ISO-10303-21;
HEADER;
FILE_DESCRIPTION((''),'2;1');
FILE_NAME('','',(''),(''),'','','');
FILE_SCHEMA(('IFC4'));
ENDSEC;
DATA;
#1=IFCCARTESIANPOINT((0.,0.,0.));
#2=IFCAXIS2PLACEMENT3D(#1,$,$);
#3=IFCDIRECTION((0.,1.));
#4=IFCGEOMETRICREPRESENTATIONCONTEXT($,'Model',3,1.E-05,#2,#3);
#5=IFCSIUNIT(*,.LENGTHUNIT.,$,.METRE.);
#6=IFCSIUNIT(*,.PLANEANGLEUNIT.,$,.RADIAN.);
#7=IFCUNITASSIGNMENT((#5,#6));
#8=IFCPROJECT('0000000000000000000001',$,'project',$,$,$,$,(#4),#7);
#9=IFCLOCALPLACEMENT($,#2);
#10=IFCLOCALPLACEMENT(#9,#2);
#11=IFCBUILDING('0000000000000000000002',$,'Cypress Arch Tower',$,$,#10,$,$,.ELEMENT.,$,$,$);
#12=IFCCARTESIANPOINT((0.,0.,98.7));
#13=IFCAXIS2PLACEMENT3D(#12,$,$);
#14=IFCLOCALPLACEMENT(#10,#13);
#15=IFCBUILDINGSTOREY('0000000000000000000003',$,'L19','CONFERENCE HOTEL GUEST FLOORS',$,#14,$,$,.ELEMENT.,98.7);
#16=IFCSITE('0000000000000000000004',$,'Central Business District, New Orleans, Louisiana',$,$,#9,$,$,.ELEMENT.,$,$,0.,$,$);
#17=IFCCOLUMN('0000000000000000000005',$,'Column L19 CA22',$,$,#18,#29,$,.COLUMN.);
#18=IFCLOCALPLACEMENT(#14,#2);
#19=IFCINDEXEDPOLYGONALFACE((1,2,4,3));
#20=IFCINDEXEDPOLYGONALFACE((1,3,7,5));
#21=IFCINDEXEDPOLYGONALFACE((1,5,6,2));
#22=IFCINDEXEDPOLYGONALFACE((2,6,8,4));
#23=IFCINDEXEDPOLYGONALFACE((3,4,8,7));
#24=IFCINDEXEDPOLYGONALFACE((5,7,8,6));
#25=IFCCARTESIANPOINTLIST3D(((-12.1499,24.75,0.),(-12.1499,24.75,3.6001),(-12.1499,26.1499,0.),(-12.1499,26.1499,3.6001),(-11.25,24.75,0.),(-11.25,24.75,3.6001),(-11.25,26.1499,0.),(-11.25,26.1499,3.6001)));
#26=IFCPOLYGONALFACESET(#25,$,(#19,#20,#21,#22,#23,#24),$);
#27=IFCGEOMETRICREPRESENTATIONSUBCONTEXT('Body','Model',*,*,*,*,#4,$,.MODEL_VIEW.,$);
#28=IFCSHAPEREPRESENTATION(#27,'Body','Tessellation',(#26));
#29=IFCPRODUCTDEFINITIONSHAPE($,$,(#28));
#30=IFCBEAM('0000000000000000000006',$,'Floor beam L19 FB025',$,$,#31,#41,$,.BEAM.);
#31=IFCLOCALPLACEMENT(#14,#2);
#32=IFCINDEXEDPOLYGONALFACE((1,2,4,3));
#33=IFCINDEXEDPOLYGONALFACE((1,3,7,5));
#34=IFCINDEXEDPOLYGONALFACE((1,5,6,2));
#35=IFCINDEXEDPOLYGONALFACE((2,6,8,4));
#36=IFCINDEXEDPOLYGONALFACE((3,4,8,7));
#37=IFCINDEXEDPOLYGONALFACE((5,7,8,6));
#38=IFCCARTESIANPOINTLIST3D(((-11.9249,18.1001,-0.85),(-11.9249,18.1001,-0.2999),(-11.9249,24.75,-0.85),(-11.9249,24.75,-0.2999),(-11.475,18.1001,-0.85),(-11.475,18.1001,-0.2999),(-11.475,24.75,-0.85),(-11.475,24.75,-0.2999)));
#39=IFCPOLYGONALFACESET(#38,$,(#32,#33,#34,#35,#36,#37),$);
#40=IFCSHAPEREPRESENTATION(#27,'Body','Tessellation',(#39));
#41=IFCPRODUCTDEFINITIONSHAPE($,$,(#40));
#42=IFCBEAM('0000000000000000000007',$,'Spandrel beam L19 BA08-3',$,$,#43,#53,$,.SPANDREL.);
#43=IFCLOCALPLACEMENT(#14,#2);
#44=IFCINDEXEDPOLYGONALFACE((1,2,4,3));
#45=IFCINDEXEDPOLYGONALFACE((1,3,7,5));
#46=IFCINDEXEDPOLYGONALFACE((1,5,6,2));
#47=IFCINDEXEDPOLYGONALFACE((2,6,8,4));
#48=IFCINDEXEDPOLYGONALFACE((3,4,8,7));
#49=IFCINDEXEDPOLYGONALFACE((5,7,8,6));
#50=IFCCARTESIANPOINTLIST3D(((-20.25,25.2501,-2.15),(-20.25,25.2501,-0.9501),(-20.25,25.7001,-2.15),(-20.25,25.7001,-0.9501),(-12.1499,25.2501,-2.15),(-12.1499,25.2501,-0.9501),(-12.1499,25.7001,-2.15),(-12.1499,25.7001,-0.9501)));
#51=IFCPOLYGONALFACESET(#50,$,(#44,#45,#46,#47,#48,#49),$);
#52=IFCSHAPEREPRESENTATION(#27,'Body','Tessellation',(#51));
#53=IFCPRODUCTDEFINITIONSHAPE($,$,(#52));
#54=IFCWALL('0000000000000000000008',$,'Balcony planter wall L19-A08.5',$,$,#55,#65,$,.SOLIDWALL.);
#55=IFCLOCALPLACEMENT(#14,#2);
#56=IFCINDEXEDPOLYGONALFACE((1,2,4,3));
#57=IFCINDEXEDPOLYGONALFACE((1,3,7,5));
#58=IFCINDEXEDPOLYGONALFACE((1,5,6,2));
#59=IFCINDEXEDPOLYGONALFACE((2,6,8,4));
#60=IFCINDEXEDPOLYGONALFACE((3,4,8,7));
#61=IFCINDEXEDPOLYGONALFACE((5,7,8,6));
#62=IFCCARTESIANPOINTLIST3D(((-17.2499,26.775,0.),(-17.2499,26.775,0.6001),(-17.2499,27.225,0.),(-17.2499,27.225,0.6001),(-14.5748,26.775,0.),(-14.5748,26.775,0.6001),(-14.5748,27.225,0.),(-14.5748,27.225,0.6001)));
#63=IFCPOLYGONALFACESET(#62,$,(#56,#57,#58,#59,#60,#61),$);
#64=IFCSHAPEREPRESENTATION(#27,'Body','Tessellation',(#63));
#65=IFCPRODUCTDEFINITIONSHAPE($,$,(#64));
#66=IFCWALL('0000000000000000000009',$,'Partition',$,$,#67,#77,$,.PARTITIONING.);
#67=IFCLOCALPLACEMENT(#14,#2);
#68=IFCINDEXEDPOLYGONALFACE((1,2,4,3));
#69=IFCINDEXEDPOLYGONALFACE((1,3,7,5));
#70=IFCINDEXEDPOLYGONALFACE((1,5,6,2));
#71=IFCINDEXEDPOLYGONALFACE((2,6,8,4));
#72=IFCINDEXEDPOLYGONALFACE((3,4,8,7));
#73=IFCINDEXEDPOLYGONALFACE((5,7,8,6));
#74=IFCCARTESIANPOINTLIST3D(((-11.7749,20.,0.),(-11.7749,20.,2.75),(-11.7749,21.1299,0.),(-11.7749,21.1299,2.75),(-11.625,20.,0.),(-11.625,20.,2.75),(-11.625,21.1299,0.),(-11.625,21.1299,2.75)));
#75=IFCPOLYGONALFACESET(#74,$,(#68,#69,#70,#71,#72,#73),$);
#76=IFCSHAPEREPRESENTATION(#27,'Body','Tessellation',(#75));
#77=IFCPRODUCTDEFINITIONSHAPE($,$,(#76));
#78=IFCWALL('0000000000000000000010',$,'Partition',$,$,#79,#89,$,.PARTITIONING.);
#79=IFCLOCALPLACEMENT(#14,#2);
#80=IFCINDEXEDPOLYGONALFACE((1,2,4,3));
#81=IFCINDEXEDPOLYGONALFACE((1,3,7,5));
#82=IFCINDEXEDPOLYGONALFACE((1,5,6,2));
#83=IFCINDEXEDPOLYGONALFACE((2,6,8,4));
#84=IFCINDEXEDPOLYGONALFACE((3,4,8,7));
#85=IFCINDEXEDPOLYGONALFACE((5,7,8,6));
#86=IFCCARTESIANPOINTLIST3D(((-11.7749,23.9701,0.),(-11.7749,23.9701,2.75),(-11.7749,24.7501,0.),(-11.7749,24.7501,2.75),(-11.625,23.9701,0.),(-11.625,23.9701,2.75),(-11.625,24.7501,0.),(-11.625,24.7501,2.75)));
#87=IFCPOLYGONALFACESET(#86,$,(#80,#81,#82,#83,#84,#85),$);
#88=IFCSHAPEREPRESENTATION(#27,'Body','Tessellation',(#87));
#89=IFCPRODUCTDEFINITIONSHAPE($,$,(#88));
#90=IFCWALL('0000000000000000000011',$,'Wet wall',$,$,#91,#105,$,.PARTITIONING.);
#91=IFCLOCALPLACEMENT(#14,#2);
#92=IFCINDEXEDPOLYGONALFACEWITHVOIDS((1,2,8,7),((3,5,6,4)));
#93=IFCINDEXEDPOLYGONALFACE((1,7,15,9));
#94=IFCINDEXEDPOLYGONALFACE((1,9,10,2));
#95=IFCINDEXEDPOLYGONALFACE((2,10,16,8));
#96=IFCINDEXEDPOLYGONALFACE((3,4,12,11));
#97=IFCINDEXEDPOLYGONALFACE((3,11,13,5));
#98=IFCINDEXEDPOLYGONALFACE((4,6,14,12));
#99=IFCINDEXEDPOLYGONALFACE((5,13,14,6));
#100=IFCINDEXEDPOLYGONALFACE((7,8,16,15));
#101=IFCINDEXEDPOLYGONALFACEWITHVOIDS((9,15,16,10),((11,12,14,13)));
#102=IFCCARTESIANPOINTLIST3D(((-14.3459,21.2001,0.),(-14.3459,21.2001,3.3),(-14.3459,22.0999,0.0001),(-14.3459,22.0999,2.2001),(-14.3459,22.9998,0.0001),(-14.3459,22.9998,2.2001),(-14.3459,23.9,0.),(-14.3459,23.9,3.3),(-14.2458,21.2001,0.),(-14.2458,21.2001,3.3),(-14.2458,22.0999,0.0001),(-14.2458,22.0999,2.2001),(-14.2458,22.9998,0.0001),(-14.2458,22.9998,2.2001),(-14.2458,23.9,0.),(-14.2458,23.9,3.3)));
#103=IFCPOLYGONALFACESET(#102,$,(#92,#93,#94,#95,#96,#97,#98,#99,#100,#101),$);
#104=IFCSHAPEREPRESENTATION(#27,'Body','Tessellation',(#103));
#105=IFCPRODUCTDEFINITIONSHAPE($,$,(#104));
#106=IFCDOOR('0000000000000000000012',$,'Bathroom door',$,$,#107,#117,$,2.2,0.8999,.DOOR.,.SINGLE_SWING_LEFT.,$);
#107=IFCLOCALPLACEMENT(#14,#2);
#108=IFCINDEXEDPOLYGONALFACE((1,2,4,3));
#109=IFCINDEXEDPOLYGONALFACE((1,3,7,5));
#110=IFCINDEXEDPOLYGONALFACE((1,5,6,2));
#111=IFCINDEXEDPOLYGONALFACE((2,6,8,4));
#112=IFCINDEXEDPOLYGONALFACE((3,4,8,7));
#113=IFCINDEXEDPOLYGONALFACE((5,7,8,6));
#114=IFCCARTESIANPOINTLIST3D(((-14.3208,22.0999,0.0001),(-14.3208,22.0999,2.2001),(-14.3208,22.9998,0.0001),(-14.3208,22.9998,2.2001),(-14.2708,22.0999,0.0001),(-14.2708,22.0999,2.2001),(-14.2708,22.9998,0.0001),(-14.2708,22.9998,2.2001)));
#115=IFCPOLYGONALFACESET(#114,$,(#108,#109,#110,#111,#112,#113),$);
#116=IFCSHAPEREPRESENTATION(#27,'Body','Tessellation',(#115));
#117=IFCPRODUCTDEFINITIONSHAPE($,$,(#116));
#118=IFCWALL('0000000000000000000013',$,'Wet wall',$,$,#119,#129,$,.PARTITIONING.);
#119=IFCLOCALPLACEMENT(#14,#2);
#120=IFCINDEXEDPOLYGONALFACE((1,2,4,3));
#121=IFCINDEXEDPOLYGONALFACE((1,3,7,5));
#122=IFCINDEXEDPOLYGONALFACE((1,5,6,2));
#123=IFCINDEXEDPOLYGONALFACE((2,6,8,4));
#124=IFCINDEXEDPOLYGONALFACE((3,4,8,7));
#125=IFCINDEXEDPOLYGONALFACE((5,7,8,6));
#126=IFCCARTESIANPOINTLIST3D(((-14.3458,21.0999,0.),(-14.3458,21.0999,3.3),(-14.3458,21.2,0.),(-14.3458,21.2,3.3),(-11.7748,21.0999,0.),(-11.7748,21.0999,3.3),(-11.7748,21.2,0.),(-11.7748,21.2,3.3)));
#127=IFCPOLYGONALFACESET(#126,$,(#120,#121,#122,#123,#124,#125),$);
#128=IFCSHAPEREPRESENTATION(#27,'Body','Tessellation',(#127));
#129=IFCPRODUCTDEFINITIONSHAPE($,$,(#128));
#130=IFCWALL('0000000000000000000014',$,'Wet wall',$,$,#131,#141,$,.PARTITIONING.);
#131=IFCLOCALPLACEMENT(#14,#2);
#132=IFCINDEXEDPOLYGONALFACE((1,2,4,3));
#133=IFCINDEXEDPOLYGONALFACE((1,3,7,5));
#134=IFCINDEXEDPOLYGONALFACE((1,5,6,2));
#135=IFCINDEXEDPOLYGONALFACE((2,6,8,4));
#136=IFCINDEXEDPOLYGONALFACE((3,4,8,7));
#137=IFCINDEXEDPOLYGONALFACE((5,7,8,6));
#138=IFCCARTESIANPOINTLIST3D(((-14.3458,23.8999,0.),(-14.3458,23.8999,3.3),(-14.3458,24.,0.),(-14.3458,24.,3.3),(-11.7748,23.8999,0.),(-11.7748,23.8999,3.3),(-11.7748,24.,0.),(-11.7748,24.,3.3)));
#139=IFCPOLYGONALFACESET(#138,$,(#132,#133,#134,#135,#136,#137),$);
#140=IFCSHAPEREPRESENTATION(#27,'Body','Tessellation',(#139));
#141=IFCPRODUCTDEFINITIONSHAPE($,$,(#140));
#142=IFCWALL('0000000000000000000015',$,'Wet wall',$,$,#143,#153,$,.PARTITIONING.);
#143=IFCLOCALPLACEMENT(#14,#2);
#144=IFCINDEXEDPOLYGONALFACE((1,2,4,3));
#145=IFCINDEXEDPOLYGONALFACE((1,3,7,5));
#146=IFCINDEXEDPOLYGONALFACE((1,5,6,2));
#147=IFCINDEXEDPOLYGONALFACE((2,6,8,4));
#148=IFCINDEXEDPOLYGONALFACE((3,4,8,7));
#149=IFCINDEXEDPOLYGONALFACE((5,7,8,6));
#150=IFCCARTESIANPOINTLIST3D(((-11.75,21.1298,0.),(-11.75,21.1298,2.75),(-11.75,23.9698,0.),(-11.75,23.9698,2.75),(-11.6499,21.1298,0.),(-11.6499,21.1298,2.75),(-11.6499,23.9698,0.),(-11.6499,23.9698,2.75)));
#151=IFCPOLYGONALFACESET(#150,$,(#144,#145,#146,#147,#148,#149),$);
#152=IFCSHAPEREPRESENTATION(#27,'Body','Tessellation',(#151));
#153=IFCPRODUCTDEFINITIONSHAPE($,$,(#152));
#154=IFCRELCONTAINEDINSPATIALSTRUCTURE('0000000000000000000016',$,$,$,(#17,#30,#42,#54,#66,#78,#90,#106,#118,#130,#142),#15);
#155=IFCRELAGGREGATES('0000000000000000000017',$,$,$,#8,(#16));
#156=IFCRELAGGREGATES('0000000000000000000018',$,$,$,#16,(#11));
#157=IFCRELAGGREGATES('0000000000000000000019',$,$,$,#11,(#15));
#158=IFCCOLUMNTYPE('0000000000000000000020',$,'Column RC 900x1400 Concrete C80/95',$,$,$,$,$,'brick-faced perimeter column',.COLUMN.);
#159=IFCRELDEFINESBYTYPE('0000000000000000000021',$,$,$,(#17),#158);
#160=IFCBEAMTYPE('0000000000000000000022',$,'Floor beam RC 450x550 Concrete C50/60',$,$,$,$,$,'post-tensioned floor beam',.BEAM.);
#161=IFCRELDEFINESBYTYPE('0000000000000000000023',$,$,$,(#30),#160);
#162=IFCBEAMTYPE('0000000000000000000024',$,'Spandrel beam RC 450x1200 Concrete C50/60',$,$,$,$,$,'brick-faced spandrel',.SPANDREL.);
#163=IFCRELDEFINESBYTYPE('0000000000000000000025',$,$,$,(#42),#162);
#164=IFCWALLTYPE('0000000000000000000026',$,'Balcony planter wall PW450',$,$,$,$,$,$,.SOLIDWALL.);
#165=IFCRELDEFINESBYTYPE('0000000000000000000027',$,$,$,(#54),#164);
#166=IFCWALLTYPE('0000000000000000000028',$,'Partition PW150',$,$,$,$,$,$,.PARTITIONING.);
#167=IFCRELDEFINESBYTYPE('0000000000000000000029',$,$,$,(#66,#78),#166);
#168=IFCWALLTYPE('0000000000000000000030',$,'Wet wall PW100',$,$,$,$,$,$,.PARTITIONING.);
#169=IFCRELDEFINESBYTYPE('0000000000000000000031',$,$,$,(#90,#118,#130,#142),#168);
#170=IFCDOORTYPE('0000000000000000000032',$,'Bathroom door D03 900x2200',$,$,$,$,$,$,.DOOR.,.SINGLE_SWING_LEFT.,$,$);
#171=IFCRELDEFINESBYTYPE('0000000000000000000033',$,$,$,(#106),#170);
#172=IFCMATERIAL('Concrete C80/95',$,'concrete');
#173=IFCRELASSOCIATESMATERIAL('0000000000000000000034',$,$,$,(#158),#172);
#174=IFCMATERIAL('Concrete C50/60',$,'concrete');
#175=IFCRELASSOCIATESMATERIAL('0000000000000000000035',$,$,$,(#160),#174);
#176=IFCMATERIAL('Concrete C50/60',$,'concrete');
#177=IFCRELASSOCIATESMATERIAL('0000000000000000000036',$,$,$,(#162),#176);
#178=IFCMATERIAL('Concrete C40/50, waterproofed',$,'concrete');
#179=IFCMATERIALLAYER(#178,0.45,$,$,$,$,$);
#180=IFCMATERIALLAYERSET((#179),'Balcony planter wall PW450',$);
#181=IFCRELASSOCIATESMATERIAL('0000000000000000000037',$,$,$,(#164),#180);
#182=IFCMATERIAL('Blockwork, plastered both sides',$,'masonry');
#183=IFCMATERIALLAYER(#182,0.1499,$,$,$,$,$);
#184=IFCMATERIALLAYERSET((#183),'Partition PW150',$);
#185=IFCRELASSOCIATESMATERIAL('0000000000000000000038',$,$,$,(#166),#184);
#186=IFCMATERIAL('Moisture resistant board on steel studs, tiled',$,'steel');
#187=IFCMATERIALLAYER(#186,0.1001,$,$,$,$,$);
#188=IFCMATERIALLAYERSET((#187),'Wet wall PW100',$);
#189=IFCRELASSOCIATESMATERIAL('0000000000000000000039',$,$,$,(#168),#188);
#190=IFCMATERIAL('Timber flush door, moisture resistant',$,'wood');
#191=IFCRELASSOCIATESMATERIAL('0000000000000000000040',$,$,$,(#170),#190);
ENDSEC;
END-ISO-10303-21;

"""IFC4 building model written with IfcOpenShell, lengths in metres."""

from ifc_helpers import new_model, si_unit, direction, frame, frame_2d, origin, origin_2d, place, context, subcontext, project, spatial, rectangle, extrude, material, layer, layer_set, material_profile, profile_set, type_object, element, fill, save


model = new_model("IFC4")

# Units and contexts
model_context = context("Model", 3, precision=1e-05, world=origin(), true_north=direction((0.0, 1.0)))
body_context = subcontext(model_context, "Body", "Model", "MODEL_VIEW")
ifc_project = project(units=[si_unit("LENGTHUNIT", "METRE"), si_unit("PLANEANGLEUNIT", "RADIAN")], contexts=[model_context])

# Site, building, storey
site_placement = place(None, origin())
site = spatial("IfcSite", under=ifc_project, at=site_placement, Name="Central Business District, New Orleans, Louisiana", CompositionType="ELEMENT", RefElevation=0.0)
building_placement = place(site_placement, origin())
building = spatial("IfcBuilding", under=site, at=building_placement, Name="Cypress Arch Tower", CompositionType="ELEMENT")
storey_placement = place(building_placement, frame((0.0, 0.0, 98.7)))
storey = spatial("IfcBuildingStorey", under=building, at=storey_placement, Name="L19", Description="CONFERENCE HOTEL GUEST FLOORS", CompositionType="ELEMENT", Elevation=98.7)

# Column
ifc_material_1 = material(Name="Concrete C80/95", Category="concrete")
ifc_material_profile_1 = material_profile(ifc_material_1, rectangle(XDim=0.8999, YDim=1.3999, at=origin_2d()), Name="RC 900x1400")
ifc_profile_set_1 = profile_set([ifc_material_profile_1], Name="Concrete C80/95")
column_type = type_object("IfcColumnType", Name="Column RC 900x1400 Concrete C80/95", ElementType="brick-faced perimeter column", PredefinedType="COLUMN", material=ifc_profile_set_1)
column_placement = place(storey_placement, frame((-11.7, 25.45, 0.0), z_axis=(0.0, 0.0, 1.0), x_axis=(-1.0, 0.0, 0.0)))
element("IfcColumn", 1, at=column_placement, inside=storey, type_object=column_type, Name="Column L19 CA22", PredefinedType="COLUMN", context=body_context, shape_type="SweptSolid", body=[
    extrude(rectangle(XDim=0.8999, YDim=1.3999, at=origin_2d()), origin(), (0.0, 0.0, 1.0), 3.6001),
])

# Beams
ifc_material_2 = material(Name="Concrete C50/60", Category="concrete")
ifc_material_profile_2 = material_profile(ifc_material_2, rectangle(XDim=0.45, YDim=0.55, at=origin_2d()), Name="RC 450x550")
ifc_profile_set_2 = profile_set([ifc_material_profile_2], Name="Concrete C50/60")
beam_type_1 = type_object("IfcBeamType", Name="Floor beam RC 450x550 Concrete C50/60", ElementType="post-tensioned floor beam", PredefinedType="BEAM", material=ifc_profile_set_2)
beam_1_placement = place(storey_placement, frame((-11.7, 18.1001, -0.575), z_axis=(0.0, 1.0, 0.0), x_axis=(-1.0, 0.0, 0.0)))
element("IfcBeam", 2, at=beam_1_placement, inside=storey, type_object=beam_type_1, Name="Floor beam L19 FB025", PredefinedType="BEAM", context=body_context, shape_type="SweptSolid", body=[
    extrude(rectangle(XDim=0.45, YDim=0.55, at=origin_2d()), origin(), (0.0, 0.0, 1.0), 6.6499),
])
ifc_material_3 = material(Name="Concrete C50/60", Category="concrete")
ifc_material_profile_3 = material_profile(ifc_material_3, rectangle(XDim=0.45, YDim=1.2, at=origin_2d()), Name="RC 450x1200")
ifc_profile_set_3 = profile_set([ifc_material_profile_3], Name="Concrete C50/60")
beam_type_2 = type_object("IfcBeamType", Name="Spandrel beam RC 450x1200 Concrete C50/60", ElementType="brick-faced spandrel", PredefinedType="SPANDREL", material=ifc_profile_set_3)
beam_2_placement = place(storey_placement, frame((-12.1499, 25.4751, -1.55), z_axis=(-1.0, 0.0, 0.0), x_axis=(0.0, -1.0, 0.0)))
element("IfcBeam", 3, at=beam_2_placement, inside=storey, type_object=beam_type_2, Name="Spandrel beam L19 BA08-3", PredefinedType="SPANDREL", context=body_context, shape_type="SweptSolid", body=[
    extrude(rectangle(XDim=0.45, YDim=1.2, at=origin_2d()), origin(), (0.0, 0.0, 1.0), 8.1001),
])

# Wall
ifc_material_4 = material(Name="Concrete C40/50, waterproofed", Category="concrete")
ifc_layer_1 = layer(ifc_material_4, 0.45)
ifc_layer_set_1 = layer_set([ifc_layer_1], Name="Balcony planter wall PW450")
wall_type_1 = type_object("IfcWallType", Name="Balcony planter wall PW450", PredefinedType="SOLIDWALL", material=ifc_layer_set_1)
wall_1_placement = place(storey_placement, frame((-14.575, 27.0, 0.0), z_axis=(0.0, 0.0, 1.0), x_axis=(-1.0, 0.0, 0.0)))
element("IfcWall", 4, at=wall_1_placement, inside=storey, type_object=wall_type_1, Name="Balcony planter wall L19-A08.5", PredefinedType="SOLIDWALL", context=body_context, shape_type="SweptSolid", body=[
    extrude(rectangle(XDim=2.675, YDim=0.45, at=frame_2d((1.3374, 0.0))), origin(), (0.0, 0.0, 1.0), 0.6001),
])

# Walls
ifc_material_5 = material(Name="Blockwork, plastered both sides", Category="masonry")
ifc_layer_2 = layer(ifc_material_5, 0.1499)
ifc_layer_set_2 = layer_set([ifc_layer_2], Name="Partition PW150")
wall_type_2 = type_object("IfcWallType", Name="Partition PW150", PredefinedType="PARTITIONING", material=ifc_layer_set_2)
wall_2_placement = place(storey_placement, frame((-11.7, 20.0, 0.0), z_axis=(0.0, 0.0, 1.0), x_axis=(0.0, 1.0, 0.0)))
element("IfcWall", 5, at=wall_2_placement, inside=storey, type_object=wall_type_2, Name="Partition", PredefinedType="PARTITIONING", context=body_context, shape_type="SweptSolid", body=[
    extrude(rectangle(XDim=1.1299, YDim=0.1499, at=frame_2d((0.5649, 0.0))), origin(), (0.0, 0.0, 1.0), 2.75),
])
wall_3_placement = place(storey_placement, frame((-11.7, 23.97, 0.0), z_axis=(0.0, 0.0, 1.0), x_axis=(0.0, 1.0, 0.0)))
element("IfcWall", 6, at=wall_3_placement, inside=storey, type_object=wall_type_2, Name="Partition", PredefinedType="PARTITIONING", context=body_context, shape_type="SweptSolid", body=[
    extrude(rectangle(XDim=0.78, YDim=0.1499, at=frame_2d((0.3901, 0.0))), origin(), (0.0, 0.0, 1.0), 2.75),
])

# Wall, opening, door
ifc_material_6 = material(Name="Moisture resistant board on steel studs, tiled", Category="steel")
ifc_layer_3 = layer(ifc_material_6, 0.1001)
ifc_layer_set_3 = layer_set([ifc_layer_3], Name="Wet wall PW100")
wall_type_3 = type_object("IfcWallType", Name="Wet wall PW100", PredefinedType="PARTITIONING", material=ifc_layer_set_3)
wall_4_placement = place(storey_placement, frame((-14.2959, 21.2, 0.0), z_axis=(0.0, 0.0, 1.0), x_axis=(0.0, 1.0, 0.0)))
wall_4 = element("IfcWall", 7, at=wall_4_placement, inside=storey, type_object=wall_type_3, Name="Wet wall", PredefinedType="PARTITIONING", context=body_context, shape_type="SweptSolid", body=[
    extrude(rectangle(XDim=2.7, YDim=0.1001, at=frame_2d((1.3501, 0.0))), origin(), (0.0, 0.0, 1.0), 3.3),
])
opening_1_placement = place(wall_4_placement, frame((0.8999, 0.0, 0.0)))
opening_1 = element("IfcOpeningElement", 8, at=opening_1_placement, cuts=wall_4, PredefinedType="OPENING", context=body_context, shape_type="SweptSolid", body=[
    extrude(rectangle(XDim=0.8999, YDim=2.2, at=frame_2d((0.45, 1.1001))), frame((0.0, 0.0601, 0.0), z_axis=(0.0, -1.0, 0.0), x_axis=(1.0, 0.0, 0.0)), (0.0, 0.0, 1.0), 0.1201),
])
ifc_material_7 = material(Name="Timber flush door, moisture resistant", Category="wood")
door_type_1 = type_object("IfcDoorType", Name="Bathroom door D03 900x2200", OperationType="SINGLE_SWING_LEFT", PredefinedType="DOOR", material=ifc_material_7)
door_1_placement = place(opening_1_placement, origin())
door_1 = element("IfcDoor", 9, at=door_1_placement, inside=storey, type_object=door_type_1, Name="Bathroom door", OperationType="SINGLE_SWING_LEFT", OverallHeight=2.2, OverallWidth=0.8999, PredefinedType="DOOR", context=body_context, shape_type="SweptSolid", body=[
    extrude(rectangle(XDim=0.8999, YDim=2.2, at=frame_2d((0.45, 1.1001))), frame((0.0, 0.0249, 0.0), z_axis=(0.0, -1.0, 0.0), x_axis=(1.0, 0.0, 0.0)), (0.0, 0.0, 1.0), 0.05),
])
fill(opening_1, door_1)

# Walls
for number, where, z_axis, x_axis, name in (
    (10, (-14.3459, 21.1499, 0.0), (0.0, 0.0, 1.0), (1.0, 0.0, 0.0), "Wet wall"),
    (11, (-14.3459, 23.95, 0.0), (0.0, 0.0, 1.0), (1.0, 0.0, 0.0), "Wet wall"),
):
    element("IfcWall", number, at=place(storey_placement, frame(where, z_axis=z_axis, x_axis=x_axis)), inside=storey, type_object=wall_type_3, Name=name, PredefinedType="PARTITIONING", context=body_context, shape_type="SweptSolid", body=[
        extrude(rectangle(XDim=2.571, YDim=0.1001, at=frame_2d((1.2856, 0.0))), origin(), (0.0, 0.0, 1.0), 3.3),
    ])
wall_5_placement = place(storey_placement, frame((-11.7, 21.1299, 0.0), z_axis=(0.0, 0.0, 1.0), x_axis=(0.0, 1.0, 0.0)))
element("IfcWall", 12, at=wall_5_placement, inside=storey, type_object=wall_type_3, Name="Wet wall", PredefinedType="PARTITIONING", context=body_context, shape_type="SweptSolid", body=[
    extrude(rectangle(XDim=2.8401, YDim=0.1001, at=frame_2d((1.4199, 0.0))), origin(), (0.0, 0.0, 1.0), 2.75),
])

save(model, "model.ifc")
